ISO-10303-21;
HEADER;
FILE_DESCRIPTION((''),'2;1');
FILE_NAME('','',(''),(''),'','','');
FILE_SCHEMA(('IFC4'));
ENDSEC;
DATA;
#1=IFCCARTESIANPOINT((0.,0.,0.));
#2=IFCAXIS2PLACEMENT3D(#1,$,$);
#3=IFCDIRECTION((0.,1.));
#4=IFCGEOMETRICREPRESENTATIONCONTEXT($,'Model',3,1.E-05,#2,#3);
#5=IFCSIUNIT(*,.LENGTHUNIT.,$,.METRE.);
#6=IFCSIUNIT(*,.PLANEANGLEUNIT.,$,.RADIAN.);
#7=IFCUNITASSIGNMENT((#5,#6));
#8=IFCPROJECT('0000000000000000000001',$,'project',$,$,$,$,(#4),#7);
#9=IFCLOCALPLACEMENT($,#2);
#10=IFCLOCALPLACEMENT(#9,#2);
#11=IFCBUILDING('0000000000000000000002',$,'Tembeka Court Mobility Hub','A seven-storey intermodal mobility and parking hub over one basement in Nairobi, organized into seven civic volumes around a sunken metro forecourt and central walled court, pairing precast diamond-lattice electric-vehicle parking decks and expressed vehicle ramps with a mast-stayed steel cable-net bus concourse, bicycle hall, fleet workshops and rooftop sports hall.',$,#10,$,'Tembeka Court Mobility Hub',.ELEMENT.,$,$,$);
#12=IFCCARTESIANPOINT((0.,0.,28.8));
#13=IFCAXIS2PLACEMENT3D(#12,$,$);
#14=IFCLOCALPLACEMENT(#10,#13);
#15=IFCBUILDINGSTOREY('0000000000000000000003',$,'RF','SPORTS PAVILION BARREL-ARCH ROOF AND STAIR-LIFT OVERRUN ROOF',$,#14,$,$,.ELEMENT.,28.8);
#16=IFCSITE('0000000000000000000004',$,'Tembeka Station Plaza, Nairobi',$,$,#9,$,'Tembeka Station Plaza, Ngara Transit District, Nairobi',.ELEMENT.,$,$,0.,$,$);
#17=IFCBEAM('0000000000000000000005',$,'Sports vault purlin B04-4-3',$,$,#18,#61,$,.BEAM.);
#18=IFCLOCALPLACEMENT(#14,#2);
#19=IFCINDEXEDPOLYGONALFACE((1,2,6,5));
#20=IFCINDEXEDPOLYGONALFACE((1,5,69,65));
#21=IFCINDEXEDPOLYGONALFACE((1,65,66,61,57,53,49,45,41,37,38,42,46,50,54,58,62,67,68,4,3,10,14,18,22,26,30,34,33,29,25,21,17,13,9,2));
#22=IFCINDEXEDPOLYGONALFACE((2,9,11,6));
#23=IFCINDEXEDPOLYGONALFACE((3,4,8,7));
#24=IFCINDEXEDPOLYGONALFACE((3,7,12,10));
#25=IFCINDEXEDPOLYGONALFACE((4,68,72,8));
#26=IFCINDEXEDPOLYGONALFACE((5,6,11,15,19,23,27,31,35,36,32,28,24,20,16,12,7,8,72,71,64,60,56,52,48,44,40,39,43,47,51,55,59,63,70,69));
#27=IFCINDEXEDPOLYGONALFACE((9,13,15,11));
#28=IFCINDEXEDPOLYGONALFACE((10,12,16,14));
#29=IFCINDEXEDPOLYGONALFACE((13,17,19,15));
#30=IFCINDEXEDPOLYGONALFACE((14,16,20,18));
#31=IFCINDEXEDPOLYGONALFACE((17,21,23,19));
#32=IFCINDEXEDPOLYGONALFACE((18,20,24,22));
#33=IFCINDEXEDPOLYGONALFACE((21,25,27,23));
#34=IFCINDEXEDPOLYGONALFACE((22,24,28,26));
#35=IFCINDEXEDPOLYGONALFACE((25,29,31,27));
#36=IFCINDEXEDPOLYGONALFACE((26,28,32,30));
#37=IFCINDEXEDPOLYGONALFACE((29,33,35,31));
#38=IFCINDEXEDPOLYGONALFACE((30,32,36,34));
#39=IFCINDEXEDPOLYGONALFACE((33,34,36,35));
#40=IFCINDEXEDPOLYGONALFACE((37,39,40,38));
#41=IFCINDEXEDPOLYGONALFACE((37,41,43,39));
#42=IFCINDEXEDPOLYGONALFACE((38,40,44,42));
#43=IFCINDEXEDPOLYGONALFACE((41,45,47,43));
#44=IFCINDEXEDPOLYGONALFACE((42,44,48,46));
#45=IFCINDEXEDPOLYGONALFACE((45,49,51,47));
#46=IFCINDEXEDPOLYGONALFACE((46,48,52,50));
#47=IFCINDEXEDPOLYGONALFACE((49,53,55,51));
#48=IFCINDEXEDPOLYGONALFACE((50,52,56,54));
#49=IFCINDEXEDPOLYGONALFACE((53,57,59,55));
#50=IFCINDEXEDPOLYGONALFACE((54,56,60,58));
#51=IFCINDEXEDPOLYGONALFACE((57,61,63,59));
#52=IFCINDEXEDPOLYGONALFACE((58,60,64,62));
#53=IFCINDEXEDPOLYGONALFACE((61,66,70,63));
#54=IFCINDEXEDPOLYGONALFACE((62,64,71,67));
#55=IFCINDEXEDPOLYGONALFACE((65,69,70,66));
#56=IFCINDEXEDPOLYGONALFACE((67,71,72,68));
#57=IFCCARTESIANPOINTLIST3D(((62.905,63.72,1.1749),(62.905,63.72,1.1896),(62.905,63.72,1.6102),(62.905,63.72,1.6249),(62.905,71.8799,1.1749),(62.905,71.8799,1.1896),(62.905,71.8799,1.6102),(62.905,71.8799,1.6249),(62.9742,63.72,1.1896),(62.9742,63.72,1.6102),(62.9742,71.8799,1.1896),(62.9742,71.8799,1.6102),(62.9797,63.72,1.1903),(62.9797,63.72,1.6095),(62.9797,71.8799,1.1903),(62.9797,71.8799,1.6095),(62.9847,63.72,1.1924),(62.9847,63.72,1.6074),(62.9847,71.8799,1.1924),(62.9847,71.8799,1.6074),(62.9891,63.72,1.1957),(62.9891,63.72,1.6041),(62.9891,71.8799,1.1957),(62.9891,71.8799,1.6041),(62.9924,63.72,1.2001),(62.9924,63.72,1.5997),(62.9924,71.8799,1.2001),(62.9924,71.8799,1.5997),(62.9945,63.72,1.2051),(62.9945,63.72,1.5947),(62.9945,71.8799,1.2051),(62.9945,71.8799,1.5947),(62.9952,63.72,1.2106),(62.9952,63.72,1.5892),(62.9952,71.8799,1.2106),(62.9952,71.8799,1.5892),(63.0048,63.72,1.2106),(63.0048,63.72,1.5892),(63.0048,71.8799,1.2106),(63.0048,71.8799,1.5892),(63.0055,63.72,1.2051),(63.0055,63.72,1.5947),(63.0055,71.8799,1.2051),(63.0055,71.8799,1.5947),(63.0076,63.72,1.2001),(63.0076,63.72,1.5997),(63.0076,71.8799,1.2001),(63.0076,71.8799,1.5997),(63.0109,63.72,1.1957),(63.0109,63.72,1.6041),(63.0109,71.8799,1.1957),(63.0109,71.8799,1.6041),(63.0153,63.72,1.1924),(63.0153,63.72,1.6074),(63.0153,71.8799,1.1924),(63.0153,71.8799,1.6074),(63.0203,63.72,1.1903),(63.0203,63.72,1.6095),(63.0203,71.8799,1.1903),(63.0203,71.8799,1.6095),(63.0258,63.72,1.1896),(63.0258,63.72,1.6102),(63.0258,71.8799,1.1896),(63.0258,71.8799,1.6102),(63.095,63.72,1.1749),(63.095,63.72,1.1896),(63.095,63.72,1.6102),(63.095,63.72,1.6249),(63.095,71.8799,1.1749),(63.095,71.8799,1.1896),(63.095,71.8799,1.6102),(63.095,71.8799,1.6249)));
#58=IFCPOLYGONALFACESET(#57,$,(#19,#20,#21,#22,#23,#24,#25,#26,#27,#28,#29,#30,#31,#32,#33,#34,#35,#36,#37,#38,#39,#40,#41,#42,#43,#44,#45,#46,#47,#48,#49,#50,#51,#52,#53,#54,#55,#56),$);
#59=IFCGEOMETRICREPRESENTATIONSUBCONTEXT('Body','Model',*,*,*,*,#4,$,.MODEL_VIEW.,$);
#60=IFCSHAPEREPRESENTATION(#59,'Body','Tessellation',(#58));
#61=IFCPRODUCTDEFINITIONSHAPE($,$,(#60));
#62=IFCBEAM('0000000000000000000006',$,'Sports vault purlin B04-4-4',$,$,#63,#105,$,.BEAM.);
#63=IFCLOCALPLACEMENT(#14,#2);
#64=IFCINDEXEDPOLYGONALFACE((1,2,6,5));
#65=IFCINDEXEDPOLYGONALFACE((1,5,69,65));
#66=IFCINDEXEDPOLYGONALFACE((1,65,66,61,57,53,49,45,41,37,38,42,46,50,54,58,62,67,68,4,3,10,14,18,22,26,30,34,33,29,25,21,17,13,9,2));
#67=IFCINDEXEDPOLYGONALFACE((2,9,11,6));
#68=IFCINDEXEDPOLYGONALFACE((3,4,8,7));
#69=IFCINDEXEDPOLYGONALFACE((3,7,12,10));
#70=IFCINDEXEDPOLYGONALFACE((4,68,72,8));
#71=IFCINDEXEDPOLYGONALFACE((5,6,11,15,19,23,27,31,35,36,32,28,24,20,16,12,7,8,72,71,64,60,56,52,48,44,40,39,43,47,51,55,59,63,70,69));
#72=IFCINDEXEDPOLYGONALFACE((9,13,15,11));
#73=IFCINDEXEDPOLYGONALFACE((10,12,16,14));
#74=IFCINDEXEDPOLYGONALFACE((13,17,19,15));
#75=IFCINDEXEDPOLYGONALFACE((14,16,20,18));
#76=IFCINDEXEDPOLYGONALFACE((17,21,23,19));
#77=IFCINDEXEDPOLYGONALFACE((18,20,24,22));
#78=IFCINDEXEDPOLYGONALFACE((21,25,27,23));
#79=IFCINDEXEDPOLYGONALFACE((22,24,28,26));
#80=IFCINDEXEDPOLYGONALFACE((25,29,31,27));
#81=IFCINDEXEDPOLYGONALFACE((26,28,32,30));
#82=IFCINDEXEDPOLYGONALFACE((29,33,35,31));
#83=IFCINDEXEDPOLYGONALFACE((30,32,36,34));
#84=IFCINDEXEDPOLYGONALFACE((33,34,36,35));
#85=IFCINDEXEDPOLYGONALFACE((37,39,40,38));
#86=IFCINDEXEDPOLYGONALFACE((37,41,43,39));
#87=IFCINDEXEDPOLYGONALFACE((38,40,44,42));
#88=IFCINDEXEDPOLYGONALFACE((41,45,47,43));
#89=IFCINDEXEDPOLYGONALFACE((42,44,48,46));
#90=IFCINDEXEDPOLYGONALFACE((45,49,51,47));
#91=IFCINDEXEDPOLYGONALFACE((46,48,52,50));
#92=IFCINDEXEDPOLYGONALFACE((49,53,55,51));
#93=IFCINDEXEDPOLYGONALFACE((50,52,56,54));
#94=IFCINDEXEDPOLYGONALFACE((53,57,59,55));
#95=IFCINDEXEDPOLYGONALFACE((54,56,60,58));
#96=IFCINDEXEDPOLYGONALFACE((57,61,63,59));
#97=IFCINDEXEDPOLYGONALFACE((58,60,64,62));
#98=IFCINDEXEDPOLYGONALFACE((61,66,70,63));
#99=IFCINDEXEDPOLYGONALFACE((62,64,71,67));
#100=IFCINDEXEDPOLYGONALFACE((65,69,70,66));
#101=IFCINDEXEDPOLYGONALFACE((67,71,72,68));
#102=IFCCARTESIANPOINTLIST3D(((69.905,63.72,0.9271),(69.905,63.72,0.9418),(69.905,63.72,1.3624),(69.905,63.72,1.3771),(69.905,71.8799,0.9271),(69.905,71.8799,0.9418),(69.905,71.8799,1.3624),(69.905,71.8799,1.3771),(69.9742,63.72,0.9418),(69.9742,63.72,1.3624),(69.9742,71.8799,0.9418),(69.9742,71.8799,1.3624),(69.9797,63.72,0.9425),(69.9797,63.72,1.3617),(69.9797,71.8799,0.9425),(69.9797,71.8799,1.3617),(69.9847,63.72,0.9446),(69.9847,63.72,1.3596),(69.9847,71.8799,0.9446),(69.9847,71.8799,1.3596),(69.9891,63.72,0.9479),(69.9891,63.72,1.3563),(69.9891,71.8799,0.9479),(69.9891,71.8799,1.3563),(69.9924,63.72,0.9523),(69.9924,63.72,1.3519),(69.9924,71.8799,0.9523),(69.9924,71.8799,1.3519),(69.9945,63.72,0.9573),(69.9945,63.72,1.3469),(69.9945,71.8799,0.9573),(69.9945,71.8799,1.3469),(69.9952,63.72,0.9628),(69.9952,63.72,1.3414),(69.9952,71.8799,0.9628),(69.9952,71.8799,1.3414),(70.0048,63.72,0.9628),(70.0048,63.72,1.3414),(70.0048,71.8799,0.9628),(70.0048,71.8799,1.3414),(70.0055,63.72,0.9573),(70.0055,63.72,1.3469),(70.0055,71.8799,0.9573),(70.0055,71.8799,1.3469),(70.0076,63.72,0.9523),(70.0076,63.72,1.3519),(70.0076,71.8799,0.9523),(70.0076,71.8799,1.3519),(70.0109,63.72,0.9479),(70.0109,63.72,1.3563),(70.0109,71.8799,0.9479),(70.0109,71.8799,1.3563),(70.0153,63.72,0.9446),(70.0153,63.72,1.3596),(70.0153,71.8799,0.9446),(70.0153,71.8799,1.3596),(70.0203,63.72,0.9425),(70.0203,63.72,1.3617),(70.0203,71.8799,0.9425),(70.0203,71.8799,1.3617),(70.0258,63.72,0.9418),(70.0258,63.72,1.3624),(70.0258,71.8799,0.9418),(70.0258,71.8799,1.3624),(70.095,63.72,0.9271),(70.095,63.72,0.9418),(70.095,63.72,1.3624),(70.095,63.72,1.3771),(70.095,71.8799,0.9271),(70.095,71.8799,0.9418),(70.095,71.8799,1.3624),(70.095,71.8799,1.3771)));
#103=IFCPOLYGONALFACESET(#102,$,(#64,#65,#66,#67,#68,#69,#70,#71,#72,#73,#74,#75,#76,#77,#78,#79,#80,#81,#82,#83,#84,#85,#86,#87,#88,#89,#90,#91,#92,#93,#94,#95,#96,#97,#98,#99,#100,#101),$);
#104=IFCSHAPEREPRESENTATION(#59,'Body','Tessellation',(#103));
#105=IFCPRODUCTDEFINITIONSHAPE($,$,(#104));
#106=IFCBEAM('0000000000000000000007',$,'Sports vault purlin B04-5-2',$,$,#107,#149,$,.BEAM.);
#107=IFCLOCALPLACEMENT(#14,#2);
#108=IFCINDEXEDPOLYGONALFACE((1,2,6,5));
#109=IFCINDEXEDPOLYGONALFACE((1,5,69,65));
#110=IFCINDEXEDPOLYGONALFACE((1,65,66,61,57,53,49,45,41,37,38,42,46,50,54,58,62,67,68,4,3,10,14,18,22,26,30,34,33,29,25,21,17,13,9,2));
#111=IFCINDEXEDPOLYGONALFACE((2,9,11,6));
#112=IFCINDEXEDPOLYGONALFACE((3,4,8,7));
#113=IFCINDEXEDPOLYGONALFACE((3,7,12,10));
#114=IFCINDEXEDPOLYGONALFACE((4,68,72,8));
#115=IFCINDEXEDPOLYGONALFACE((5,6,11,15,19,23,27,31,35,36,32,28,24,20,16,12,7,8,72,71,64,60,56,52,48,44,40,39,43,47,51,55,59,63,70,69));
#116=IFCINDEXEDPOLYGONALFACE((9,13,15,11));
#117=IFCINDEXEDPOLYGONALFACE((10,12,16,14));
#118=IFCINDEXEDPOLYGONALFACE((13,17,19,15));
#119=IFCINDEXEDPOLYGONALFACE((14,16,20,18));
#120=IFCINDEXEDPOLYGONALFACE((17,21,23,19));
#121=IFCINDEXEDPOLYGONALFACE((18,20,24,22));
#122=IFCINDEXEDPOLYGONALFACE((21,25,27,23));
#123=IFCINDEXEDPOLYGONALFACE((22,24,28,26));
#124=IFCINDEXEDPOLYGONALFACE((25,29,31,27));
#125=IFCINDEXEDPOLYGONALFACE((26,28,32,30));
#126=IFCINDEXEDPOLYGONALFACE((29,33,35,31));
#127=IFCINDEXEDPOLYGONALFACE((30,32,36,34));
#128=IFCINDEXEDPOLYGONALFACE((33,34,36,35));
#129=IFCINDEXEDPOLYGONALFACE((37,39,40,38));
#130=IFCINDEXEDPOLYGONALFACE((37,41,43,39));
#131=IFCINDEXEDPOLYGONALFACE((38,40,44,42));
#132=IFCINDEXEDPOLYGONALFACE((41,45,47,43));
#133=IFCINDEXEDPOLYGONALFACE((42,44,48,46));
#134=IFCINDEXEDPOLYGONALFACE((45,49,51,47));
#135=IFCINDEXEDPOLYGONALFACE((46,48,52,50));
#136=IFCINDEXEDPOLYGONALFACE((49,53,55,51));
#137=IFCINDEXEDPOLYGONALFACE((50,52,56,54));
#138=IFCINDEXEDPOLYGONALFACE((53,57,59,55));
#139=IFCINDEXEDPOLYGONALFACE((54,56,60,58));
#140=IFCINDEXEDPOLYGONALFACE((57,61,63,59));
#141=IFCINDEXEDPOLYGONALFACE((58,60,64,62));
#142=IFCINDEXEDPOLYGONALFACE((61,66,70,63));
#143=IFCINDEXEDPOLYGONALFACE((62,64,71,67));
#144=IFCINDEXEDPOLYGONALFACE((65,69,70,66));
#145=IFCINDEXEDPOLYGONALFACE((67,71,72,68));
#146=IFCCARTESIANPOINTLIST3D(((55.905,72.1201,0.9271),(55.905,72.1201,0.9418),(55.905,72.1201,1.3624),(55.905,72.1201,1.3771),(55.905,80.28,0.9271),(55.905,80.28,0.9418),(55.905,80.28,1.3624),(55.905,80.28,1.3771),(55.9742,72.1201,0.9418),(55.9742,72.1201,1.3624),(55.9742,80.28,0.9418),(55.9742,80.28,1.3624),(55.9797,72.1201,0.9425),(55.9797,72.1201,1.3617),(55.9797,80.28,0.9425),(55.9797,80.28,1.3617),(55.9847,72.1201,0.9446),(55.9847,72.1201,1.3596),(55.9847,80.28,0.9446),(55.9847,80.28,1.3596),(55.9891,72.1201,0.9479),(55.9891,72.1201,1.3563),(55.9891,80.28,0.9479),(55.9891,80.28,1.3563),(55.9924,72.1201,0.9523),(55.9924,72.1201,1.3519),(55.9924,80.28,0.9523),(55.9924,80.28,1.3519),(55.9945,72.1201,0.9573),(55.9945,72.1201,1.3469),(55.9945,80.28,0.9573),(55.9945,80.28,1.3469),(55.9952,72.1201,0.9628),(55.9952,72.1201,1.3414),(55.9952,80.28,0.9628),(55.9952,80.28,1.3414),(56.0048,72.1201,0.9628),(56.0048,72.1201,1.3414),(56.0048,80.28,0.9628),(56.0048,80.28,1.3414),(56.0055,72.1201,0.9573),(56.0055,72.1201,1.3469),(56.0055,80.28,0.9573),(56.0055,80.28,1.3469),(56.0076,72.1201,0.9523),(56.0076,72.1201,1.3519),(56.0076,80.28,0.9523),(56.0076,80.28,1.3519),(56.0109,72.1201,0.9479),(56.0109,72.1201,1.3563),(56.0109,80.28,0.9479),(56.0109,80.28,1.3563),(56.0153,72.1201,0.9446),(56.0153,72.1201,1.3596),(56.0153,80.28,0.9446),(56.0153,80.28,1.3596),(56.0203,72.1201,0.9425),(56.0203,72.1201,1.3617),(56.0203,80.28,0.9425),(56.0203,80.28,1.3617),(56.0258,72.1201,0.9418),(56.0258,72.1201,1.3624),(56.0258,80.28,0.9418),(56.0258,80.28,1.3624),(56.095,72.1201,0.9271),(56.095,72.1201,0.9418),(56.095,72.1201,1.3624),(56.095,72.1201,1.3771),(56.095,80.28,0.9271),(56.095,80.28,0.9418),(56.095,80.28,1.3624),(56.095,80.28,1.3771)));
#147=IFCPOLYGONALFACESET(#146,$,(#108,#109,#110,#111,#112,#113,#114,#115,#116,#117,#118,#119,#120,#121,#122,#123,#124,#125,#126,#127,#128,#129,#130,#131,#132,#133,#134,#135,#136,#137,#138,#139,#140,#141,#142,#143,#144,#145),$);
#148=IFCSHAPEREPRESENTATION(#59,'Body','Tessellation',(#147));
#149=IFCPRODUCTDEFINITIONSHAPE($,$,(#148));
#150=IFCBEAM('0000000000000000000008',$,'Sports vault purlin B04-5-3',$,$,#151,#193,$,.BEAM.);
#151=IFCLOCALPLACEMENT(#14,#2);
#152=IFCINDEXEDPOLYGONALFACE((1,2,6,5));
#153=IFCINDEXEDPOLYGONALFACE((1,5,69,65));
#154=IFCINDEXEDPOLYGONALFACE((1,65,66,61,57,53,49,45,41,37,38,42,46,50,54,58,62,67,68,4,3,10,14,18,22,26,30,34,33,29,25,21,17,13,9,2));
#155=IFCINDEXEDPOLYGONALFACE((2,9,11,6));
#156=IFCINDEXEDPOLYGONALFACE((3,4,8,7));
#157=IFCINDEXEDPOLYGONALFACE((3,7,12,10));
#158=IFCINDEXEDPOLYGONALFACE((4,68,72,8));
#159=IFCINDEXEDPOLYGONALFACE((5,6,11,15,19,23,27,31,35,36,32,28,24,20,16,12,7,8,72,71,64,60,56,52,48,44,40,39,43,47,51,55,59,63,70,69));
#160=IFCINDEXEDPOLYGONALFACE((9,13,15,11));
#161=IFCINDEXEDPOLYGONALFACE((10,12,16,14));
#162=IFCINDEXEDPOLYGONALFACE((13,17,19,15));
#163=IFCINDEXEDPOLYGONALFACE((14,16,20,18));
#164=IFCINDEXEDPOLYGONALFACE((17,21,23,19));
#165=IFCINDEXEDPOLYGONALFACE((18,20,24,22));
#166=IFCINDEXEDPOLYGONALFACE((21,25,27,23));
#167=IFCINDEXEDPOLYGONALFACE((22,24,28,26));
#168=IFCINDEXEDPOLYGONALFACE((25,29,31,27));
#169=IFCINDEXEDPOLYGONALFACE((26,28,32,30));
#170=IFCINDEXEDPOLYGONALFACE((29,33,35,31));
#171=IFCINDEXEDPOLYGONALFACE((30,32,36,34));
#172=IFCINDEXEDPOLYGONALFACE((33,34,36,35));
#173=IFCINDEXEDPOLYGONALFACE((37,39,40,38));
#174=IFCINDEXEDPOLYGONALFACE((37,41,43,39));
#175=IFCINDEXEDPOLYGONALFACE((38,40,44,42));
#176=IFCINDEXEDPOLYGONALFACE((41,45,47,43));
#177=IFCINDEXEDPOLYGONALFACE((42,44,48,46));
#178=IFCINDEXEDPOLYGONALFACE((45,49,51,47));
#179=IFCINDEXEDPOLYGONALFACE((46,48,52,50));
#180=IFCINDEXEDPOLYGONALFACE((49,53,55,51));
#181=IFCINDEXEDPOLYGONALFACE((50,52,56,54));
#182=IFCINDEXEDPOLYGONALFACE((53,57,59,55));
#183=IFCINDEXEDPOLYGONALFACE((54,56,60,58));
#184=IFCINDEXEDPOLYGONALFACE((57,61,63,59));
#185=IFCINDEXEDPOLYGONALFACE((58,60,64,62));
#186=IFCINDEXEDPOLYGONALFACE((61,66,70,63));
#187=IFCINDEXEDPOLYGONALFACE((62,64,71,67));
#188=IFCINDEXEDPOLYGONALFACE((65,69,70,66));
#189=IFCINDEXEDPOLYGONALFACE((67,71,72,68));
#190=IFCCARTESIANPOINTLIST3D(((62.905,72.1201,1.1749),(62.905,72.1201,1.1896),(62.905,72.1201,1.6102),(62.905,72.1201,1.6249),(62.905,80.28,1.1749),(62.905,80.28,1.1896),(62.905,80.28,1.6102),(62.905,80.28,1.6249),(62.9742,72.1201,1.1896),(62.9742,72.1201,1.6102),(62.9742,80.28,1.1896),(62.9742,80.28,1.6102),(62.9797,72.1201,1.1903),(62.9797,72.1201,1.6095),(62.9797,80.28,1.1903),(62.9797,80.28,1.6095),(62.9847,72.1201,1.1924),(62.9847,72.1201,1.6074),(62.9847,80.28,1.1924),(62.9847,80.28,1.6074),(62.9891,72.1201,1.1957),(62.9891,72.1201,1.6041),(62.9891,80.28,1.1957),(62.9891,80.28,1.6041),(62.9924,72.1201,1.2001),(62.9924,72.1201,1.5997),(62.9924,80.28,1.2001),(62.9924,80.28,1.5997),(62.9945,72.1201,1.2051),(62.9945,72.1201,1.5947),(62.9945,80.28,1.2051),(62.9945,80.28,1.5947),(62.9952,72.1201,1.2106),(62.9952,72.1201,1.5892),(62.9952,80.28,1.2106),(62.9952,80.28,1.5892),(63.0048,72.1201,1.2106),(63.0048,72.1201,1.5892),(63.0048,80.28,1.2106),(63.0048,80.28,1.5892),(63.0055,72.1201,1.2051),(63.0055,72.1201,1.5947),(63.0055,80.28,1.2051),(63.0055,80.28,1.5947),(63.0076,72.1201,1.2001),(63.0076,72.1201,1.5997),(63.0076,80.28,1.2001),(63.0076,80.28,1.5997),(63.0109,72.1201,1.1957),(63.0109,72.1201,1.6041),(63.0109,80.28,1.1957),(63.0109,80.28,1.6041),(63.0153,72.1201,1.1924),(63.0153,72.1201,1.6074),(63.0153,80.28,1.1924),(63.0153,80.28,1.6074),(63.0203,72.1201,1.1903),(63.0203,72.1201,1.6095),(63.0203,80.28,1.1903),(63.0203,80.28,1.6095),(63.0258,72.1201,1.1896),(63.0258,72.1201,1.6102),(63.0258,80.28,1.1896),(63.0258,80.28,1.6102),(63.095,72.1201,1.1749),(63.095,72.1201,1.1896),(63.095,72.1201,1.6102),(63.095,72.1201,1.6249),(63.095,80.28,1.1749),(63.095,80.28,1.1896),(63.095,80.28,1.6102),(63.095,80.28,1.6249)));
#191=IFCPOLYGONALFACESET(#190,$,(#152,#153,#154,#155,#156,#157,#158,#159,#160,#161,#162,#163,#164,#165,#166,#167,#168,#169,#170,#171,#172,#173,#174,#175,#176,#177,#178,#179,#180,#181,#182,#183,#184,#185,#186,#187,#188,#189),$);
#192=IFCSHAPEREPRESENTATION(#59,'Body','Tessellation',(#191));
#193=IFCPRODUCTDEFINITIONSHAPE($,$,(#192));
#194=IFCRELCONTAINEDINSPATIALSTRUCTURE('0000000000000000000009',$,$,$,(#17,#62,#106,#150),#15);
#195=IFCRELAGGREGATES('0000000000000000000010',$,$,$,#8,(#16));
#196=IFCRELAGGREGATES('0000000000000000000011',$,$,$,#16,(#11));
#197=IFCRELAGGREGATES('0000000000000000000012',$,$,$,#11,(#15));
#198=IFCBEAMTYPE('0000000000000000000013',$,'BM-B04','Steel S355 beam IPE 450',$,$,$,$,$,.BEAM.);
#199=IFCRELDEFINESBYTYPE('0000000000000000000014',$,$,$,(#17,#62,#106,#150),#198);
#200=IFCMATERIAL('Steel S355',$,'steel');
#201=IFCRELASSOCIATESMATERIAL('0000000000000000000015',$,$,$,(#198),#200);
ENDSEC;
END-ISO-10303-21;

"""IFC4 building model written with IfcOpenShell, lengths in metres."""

from ifc_helpers import new_model, si_unit, direction, frame, origin, origin_2d, place, context, subcontext, project, spatial, i_section, extrude, material, material_profile, profile_set, type_object, element, save


model = new_model("IFC4")

# Units and contexts
model_context = context("Model", 3, precision=1e-05, world=origin(), true_north=direction((0.0, 1.0)))
body_context = subcontext(model_context, "Body", "Model", "MODEL_VIEW")
ifc_project = project(units=[si_unit("LENGTHUNIT", "METRE"), si_unit("PLANEANGLEUNIT", "RADIAN")], contexts=[model_context])

# Site, building, storey
site_placement = place(None, origin())
site = spatial("IfcSite", under=ifc_project, at=site_placement, Name="Tembeka Station Plaza, Nairobi", LongName="Tembeka Station Plaza, Ngara Transit District, Nairobi", CompositionType="ELEMENT", RefElevation=0.0)
building_placement = place(site_placement, origin())
building = spatial("IfcBuilding", under=site, at=building_placement, Name="Tembeka Court Mobility Hub", Description="A seven-storey intermodal mobility and parking hub over one basement in Nairobi, organized into seven civic volumes around a sunken metro forecourt and central walled court, pairing precast diamond-lattice electric-vehicle parking decks and expressed vehicle ramps with a mast-stayed steel cable-net bus concourse, bicycle hall, fleet workshops and rooftop sports hall.", LongName="Tembeka Court Mobility Hub", CompositionType="ELEMENT")
storey_placement = place(building_placement, frame((0.0, 0.0, 28.8)))
storey = spatial("IfcBuildingStorey", under=building, at=storey_placement, Name="RF", Description="SPORTS PAVILION BARREL-ARCH ROOF AND STAIR-LIFT OVERRUN ROOF", CompositionType="ELEMENT", Elevation=28.8)

# Beams
ifc_material_1 = material(Name="Steel S355", Category="steel")
ifc_material_profile_1 = material_profile(ifc_material_1, i_section(OverallWidth=0.1899, OverallDepth=0.45, WebThickness=0.0095, FlangeThickness=0.0146, FilletRadius=0.021, at=origin_2d()), Name="IPE 450")
ifc_profile_set_1 = profile_set([ifc_material_profile_1], Name="Steel S355")
beam_type_1 = type_object("IfcBeamType", Name="BM-B04", Description="Steel S355 beam IPE 450", PredefinedType="BEAM", material=ifc_profile_set_1)
for number, where, z_axis, x_axis, name in (
    (1, (63.0, 63.72, 1.3999), (0.0, 1.0, 0.0), (-1.0, 0.0, 0.0), "Sports vault purlin B04-4-3"),
    (2, (70.0, 63.72, 1.1521), (0.0, 1.0, 0.0), (-1.0, 0.0, 0.0), "Sports vault purlin B04-4-4"),
    (3, (56.0, 72.1201, 1.1521), (0.0, 1.0, 0.0), (-1.0, 0.0, 0.0), "Sports vault purlin B04-5-2"),
    (4, (63.0, 72.1201, 1.3999), (0.0, 1.0, 0.0), (-1.0, 0.0, 0.0), "Sports vault purlin B04-5-3"),
):
    element("IfcBeam", number, at=place(storey_placement, frame(where, z_axis=z_axis, x_axis=x_axis)), inside=storey, type_object=beam_type_1, Name=name, PredefinedType="BEAM", context=body_context, shape_type="SweptSolid", body=[
        extrude(i_section(OverallWidth=0.1899, OverallDepth=0.45, WebThickness=0.0095, FlangeThickness=0.0146, FilletRadius=0.021, at=origin_2d()), origin(), (0.0, 0.0, 1.0), 8.1599),
    ])

save(model, "model.ifc")
